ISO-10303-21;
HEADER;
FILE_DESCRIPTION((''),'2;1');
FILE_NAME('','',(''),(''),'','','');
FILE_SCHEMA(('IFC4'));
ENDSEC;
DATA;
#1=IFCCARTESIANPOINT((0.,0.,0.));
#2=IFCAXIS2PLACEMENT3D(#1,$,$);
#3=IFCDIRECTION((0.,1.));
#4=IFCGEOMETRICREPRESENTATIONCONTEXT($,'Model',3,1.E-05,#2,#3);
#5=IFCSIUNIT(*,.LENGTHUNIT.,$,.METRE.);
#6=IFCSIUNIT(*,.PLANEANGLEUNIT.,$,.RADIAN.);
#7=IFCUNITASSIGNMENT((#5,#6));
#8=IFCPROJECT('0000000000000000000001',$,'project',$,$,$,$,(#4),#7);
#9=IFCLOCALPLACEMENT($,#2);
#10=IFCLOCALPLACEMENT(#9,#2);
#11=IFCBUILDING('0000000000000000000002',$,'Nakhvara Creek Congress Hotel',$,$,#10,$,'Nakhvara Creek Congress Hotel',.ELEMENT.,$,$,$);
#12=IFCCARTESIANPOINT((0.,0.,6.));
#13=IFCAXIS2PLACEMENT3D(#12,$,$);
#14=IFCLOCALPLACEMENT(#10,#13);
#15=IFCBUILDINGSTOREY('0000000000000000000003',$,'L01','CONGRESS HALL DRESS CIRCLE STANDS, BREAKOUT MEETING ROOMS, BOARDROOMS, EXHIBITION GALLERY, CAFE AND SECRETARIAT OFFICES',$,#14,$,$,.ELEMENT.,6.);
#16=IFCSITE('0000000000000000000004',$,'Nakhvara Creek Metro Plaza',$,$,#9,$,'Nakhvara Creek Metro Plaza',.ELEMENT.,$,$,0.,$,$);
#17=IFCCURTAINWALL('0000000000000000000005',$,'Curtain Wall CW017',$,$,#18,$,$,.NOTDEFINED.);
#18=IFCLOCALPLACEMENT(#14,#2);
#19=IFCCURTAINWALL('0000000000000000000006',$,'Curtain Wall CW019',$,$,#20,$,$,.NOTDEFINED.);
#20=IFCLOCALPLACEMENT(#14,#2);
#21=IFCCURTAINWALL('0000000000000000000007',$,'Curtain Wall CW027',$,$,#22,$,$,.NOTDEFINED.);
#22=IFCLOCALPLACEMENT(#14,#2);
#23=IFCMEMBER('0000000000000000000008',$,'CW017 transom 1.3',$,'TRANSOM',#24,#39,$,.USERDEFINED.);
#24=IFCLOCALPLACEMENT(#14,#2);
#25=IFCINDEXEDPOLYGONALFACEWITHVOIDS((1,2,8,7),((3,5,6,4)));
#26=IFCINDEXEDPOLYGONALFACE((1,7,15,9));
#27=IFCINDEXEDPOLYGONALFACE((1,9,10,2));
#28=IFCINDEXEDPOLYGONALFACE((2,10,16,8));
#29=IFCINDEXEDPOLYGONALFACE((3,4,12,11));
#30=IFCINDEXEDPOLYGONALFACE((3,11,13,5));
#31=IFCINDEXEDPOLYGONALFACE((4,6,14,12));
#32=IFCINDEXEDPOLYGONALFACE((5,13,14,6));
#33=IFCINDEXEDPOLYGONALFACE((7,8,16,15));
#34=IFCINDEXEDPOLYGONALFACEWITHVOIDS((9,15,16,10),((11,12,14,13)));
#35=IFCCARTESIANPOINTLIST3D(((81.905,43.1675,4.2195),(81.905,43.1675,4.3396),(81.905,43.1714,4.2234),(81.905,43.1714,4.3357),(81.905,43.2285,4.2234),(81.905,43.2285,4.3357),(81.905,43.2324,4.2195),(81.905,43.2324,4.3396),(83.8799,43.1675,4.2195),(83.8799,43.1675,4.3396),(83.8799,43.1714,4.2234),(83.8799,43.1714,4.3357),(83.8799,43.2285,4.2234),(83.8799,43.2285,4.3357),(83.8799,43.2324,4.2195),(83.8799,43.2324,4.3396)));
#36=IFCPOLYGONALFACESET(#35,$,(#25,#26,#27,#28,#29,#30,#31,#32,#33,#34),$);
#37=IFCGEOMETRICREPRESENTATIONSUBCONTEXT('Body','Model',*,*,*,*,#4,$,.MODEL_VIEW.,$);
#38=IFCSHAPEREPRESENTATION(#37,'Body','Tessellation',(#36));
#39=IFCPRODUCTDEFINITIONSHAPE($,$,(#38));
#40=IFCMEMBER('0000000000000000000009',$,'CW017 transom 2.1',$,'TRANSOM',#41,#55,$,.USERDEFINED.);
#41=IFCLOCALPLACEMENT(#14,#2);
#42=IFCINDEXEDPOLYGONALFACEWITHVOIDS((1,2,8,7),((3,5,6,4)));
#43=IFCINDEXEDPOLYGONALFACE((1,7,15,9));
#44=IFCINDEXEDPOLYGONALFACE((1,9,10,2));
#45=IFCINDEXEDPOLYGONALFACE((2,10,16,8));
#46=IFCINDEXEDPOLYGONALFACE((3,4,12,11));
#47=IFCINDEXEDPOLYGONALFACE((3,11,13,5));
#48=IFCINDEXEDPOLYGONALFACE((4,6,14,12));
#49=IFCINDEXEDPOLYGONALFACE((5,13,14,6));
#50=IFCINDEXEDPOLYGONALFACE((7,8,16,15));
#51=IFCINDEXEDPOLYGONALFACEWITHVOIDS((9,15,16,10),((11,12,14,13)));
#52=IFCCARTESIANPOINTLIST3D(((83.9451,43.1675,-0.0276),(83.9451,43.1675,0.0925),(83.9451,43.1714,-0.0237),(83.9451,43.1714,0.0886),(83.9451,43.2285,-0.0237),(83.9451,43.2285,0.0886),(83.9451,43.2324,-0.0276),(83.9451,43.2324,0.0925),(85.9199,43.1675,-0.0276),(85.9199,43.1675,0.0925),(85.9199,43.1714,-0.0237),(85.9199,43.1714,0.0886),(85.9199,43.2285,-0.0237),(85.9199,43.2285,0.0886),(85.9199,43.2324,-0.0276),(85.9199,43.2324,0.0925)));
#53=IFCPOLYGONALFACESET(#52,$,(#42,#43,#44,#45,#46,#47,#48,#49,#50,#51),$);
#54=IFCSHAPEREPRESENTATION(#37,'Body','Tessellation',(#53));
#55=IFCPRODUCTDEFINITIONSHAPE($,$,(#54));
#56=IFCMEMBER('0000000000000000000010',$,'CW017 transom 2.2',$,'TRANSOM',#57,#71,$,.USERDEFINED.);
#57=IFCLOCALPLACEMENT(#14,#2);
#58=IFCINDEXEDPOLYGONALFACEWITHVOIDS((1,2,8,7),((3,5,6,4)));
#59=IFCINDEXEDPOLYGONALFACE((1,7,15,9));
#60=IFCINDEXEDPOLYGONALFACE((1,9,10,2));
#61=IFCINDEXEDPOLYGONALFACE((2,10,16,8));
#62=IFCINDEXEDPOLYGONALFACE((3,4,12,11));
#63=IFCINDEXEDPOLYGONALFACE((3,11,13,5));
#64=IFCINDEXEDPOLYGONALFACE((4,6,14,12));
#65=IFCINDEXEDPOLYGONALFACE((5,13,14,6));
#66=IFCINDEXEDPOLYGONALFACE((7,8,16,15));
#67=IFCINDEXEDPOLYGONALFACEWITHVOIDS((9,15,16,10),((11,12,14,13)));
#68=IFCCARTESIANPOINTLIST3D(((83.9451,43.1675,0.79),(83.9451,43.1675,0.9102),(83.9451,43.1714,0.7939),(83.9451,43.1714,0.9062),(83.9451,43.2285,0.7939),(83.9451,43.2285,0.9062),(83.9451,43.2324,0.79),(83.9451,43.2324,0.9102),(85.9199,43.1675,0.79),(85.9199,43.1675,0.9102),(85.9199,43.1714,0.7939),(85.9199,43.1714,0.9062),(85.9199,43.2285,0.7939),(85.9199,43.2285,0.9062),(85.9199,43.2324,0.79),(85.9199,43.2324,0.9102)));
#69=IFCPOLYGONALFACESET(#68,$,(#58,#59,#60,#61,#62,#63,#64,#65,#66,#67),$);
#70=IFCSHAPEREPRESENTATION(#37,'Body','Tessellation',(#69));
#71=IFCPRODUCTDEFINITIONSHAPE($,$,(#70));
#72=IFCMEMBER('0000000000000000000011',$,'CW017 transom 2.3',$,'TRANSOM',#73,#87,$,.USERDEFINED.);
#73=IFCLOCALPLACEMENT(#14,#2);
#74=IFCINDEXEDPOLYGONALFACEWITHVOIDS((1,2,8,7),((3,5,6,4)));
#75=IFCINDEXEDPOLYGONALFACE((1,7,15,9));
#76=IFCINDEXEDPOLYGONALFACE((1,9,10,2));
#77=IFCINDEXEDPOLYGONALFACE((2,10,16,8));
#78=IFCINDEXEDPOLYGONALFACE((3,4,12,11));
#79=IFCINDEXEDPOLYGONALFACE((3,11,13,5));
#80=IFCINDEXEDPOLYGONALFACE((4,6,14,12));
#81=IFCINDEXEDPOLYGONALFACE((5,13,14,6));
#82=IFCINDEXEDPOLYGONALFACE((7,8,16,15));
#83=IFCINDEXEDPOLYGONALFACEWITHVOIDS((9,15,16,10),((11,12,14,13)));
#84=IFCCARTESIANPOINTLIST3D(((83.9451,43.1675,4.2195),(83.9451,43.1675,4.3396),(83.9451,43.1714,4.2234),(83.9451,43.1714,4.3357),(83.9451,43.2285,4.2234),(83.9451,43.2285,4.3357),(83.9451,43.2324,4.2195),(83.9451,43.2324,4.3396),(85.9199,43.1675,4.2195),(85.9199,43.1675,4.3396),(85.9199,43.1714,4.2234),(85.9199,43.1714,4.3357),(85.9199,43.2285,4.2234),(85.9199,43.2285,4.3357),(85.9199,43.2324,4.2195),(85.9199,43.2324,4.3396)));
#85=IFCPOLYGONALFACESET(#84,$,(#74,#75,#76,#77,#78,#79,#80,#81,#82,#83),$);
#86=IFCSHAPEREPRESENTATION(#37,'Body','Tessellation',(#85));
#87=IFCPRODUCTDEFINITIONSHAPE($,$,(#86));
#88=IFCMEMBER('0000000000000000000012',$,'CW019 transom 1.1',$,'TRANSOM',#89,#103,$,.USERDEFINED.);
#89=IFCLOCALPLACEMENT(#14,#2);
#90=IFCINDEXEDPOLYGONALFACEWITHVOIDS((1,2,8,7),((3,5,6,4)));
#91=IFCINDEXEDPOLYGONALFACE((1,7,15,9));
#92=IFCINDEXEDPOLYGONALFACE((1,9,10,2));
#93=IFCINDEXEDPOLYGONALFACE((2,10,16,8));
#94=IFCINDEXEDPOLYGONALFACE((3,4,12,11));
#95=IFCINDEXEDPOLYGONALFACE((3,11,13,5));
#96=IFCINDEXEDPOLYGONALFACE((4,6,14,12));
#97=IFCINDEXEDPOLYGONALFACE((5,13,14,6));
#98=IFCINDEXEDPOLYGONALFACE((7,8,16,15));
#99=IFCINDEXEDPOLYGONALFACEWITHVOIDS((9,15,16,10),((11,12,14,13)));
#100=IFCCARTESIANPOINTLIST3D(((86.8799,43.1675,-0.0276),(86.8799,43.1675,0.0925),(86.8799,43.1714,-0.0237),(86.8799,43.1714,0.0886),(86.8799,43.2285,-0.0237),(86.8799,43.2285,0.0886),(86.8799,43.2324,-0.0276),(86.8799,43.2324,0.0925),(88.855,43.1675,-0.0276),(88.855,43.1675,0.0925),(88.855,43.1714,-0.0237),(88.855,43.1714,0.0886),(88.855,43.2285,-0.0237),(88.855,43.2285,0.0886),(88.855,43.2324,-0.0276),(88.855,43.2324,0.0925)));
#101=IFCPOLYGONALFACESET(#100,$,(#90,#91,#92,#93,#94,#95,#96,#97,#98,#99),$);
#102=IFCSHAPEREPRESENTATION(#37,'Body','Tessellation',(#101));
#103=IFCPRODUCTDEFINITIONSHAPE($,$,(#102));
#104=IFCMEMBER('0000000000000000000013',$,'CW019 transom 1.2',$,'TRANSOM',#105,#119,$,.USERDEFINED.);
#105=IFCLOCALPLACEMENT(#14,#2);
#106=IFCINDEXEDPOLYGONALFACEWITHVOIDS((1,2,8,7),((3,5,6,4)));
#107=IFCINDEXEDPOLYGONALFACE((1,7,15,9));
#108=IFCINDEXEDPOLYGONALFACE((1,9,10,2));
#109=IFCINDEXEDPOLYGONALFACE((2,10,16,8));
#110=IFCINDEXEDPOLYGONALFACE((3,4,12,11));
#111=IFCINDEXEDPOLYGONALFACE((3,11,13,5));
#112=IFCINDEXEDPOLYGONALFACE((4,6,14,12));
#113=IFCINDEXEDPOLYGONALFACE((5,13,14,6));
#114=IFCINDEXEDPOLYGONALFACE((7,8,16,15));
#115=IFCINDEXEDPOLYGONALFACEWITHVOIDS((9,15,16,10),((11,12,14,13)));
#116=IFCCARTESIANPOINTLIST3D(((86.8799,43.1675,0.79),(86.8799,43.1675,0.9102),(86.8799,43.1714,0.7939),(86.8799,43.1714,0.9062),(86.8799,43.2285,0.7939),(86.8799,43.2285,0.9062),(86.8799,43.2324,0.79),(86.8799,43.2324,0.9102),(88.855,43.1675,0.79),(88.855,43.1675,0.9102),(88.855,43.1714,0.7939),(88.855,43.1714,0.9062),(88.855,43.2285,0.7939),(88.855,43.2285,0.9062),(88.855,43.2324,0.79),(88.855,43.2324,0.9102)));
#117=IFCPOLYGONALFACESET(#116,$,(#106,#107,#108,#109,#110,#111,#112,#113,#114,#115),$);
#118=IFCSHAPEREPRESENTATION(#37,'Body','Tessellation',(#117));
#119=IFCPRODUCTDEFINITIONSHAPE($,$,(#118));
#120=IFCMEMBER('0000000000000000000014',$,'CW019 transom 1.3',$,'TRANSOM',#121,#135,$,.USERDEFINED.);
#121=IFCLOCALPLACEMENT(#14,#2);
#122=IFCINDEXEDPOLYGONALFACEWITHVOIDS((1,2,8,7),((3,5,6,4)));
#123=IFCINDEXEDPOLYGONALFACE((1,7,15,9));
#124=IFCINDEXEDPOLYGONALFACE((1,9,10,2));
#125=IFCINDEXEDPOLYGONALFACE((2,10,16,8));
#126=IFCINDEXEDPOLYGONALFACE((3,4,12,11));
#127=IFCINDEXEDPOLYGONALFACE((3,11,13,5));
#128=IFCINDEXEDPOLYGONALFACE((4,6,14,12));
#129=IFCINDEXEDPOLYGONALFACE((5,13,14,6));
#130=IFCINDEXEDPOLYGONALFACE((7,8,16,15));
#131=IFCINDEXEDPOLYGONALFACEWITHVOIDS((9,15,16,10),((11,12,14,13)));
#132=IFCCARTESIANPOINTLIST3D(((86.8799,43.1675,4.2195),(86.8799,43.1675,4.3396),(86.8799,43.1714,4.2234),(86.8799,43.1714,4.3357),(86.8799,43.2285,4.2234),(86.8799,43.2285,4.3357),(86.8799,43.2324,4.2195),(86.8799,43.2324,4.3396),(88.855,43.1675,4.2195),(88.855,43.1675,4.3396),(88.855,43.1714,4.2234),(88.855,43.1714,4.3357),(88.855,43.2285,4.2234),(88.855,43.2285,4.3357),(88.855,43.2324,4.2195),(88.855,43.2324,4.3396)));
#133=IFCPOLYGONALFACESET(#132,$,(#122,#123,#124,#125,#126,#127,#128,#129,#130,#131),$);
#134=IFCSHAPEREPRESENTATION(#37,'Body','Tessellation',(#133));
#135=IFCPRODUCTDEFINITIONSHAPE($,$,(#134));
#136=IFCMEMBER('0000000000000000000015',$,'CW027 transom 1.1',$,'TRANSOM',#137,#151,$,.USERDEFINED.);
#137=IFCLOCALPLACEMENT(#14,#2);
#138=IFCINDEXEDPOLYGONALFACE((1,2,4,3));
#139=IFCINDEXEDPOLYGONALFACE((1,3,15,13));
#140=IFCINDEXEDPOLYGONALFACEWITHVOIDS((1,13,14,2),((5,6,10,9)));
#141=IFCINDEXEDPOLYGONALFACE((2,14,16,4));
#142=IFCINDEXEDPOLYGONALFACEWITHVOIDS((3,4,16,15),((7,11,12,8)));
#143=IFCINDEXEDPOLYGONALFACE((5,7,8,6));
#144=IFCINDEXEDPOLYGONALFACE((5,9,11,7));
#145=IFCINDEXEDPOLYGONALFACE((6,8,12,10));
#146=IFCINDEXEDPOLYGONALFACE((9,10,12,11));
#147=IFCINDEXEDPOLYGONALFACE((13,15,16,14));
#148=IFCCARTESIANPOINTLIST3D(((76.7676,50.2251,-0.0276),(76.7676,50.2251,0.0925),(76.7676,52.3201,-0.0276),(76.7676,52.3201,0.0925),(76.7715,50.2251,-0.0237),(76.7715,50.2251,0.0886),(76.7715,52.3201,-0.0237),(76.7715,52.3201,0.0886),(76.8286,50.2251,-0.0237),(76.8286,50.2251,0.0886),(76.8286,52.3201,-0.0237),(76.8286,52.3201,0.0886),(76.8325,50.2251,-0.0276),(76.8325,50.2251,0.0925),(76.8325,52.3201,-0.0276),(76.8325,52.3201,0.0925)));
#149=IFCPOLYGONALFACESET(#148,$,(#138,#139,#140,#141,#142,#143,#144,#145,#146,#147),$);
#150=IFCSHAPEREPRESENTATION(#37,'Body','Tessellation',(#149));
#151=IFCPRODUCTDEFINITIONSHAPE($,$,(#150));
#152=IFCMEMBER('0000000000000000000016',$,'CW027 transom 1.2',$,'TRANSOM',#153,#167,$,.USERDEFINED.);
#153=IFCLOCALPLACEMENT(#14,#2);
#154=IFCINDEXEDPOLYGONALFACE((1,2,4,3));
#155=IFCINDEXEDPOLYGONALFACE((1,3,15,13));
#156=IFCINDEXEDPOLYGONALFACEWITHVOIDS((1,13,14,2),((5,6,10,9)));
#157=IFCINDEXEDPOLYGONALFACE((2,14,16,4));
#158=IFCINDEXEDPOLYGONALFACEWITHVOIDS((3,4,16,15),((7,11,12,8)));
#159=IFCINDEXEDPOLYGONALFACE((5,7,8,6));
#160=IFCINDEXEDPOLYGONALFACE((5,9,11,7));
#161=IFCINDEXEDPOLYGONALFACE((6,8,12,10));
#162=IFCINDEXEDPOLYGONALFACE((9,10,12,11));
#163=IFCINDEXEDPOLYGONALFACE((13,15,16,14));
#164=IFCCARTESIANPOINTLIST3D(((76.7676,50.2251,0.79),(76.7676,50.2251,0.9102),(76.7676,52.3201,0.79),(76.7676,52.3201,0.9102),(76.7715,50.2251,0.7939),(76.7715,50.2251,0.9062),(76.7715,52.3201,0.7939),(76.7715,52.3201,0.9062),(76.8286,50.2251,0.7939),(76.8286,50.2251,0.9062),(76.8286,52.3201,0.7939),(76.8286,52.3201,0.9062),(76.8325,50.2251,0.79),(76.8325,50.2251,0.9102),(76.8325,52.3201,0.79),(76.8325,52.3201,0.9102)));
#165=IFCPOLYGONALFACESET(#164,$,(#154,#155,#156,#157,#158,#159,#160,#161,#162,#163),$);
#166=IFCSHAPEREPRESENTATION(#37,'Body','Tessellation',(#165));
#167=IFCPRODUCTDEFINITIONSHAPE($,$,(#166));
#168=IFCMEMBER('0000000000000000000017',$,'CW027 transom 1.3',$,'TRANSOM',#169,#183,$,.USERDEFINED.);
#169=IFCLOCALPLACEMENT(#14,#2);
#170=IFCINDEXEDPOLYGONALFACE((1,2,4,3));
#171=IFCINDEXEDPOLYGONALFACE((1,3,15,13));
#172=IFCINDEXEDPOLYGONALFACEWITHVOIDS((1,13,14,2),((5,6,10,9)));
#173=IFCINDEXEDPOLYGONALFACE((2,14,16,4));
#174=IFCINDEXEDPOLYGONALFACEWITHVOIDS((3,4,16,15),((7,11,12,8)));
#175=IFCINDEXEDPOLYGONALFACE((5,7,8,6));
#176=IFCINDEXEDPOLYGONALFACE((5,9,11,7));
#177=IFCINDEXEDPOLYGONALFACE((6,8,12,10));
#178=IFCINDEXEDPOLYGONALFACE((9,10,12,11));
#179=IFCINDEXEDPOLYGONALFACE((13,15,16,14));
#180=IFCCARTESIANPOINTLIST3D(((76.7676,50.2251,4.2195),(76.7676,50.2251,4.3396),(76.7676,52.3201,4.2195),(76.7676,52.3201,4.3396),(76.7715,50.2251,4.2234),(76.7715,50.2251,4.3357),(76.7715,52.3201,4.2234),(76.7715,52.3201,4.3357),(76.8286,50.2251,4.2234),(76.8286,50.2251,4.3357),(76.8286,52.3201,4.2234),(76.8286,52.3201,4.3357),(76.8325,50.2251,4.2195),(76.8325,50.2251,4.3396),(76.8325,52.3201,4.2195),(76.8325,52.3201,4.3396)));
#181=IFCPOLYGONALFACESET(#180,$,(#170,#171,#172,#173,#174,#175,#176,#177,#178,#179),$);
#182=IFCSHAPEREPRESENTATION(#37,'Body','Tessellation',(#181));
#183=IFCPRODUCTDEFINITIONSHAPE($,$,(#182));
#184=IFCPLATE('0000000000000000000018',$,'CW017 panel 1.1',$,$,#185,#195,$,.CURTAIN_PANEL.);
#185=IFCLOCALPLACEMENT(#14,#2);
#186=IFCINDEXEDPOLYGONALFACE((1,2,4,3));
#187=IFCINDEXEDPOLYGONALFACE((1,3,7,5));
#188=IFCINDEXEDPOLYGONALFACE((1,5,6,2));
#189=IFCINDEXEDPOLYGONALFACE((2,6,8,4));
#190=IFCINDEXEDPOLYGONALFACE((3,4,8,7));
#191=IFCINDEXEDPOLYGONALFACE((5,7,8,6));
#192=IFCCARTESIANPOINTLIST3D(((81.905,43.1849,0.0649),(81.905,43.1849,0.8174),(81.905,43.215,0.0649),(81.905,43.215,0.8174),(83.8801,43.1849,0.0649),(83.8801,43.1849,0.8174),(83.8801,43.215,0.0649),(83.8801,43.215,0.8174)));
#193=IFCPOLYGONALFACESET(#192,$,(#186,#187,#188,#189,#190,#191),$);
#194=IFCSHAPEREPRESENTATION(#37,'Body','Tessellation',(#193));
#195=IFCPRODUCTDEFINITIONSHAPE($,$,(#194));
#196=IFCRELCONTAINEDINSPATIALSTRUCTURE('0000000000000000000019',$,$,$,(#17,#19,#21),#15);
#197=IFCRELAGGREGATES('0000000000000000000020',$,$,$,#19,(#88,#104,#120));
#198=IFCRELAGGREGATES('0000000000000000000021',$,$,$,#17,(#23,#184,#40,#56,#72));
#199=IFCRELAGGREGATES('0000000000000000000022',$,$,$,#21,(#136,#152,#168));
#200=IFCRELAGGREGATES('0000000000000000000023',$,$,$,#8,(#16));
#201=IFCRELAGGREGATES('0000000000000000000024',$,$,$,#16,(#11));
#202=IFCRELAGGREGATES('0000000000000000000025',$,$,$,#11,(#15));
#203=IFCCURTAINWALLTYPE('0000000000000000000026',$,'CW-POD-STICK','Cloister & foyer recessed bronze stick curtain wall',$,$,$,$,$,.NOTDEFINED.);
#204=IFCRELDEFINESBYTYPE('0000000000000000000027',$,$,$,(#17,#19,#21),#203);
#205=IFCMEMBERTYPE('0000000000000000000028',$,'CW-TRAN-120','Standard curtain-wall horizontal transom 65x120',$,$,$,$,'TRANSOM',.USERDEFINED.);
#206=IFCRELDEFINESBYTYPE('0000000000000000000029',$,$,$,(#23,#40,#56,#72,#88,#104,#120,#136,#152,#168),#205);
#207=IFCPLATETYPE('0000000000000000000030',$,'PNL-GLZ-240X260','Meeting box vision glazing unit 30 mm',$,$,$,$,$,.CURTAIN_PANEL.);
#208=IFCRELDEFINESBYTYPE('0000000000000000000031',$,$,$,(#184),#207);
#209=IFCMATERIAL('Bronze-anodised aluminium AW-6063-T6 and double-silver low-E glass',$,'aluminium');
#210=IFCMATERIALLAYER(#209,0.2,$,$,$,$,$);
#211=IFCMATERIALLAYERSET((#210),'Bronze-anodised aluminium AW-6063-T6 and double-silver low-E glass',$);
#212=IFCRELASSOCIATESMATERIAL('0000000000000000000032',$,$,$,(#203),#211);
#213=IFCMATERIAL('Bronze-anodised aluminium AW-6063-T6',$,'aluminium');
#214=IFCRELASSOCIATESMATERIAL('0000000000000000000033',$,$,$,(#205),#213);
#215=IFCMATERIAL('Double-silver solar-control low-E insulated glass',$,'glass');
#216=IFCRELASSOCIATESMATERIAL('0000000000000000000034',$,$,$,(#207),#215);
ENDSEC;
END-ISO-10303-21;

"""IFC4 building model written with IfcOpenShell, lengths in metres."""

from ifc_helpers import new_model, si_unit, direction, frame, origin, origin_2d, place, context, subcontext, project, spatial, rectangle, hollow_rectangle, extrude, material, layer, layer_set, material_profile, profile_set, type_object, element, aggregate, save


model = new_model("IFC4")

# Units and contexts
model_context = context("Model", 3, precision=1e-05, world=origin(), true_north=direction((0.0, 1.0)))
body_context = subcontext(model_context, "Body", "Model", "MODEL_VIEW")
ifc_project = project(units=[si_unit("LENGTHUNIT", "METRE"), si_unit("PLANEANGLEUNIT", "RADIAN")], contexts=[model_context])

# Site, building, storey
site_placement = place(None, origin())
site = spatial("IfcSite", under=ifc_project, at=site_placement, Name="Nakhvara Creek Metro Plaza", LongName="Nakhvara Creek Metro Plaza", CompositionType="ELEMENT", RefElevation=0.0)
building_placement = place(site_placement, origin())
building = spatial("IfcBuilding", under=site, at=building_placement, Name="Nakhvara Creek Congress Hotel", LongName="Nakhvara Creek Congress Hotel", CompositionType="ELEMENT")
storey_placement = place(building_placement, frame((0.0, 0.0, 6.0)))
storey = spatial("IfcBuildingStorey", under=building, at=storey_placement, Name="L01", Description="CONGRESS HALL DRESS CIRCLE STANDS, BREAKOUT MEETING ROOMS, BOARDROOMS, EXHIBITION GALLERY, CAFE AND SECRETARIAT OFFICES", CompositionType="ELEMENT", Elevation=6.0)

# Curtain wall
ifc_material_1 = material(Name="Bronze-anodised aluminium AW-6063-T6 and double-silver low-E glass", Category="aluminium")
ifc_layer = layer(ifc_material_1, 0.2)
ifc_layer_set = layer_set([ifc_layer], Name="Bronze-anodised aluminium AW-6063-T6 and double-silver low-E glass")
curtain_wall_type = type_object("IfcCurtainWallType", Name="CW-POD-STICK", Description="Cloister & foyer recessed bronze stick curtain wall", PredefinedType="NOTDEFINED", material=ifc_layer_set)
curtain_wall_1_placement = place(storey_placement, origin())
curtain_wall_1 = element("IfcCurtainWall", 1, at=curtain_wall_1_placement, inside=storey, type_object=curtain_wall_type, Name="Curtain Wall CW017", PredefinedType="NOTDEFINED")
ifc_material_2 = material(Name="Bronze-anodised aluminium AW-6063-T6", Category="aluminium")

# Curtain walls
curtain_wall_2_placement = place(storey_placement, origin())
curtain_wall_2 = element("IfcCurtainWall", 2, at=curtain_wall_2_placement, inside=storey, type_object=curtain_wall_type, Name="Curtain Wall CW019", PredefinedType="NOTDEFINED")
curtain_wall_3_placement = place(storey_placement, origin())
curtain_wall_3 = element("IfcCurtainWall", 3, at=curtain_wall_3_placement, inside=storey, type_object=curtain_wall_type, Name="Curtain Wall CW027", PredefinedType="NOTDEFINED")

# Members
ifc_material_profile_1 = material_profile(ifc_material_2, hollow_rectangle(XDim=0.0649, YDim=0.1201, WallThickness=0.0039, at=origin_2d()), Name="ALU-TRAN 65x120x4", Category="LoadBearing")
ifc_profile_set_1 = profile_set([ifc_material_profile_1], Name="Bronze-anodised aluminium AW-6063-T6")
member_type_1 = type_object("IfcMemberType", Name="CW-TRAN-120", Description="Standard curtain-wall horizontal transom 65x120", ElementType="TRANSOM", PredefinedType="USERDEFINED", material=ifc_profile_set_1)
member_1_placement = place(storey_placement, frame((81.905, 43.2, 4.2795), z_axis=(1.0, 0.0, 0.0), x_axis=(0.0, 1.0, 0.0)))
member_1 = element("IfcMember", 4, at=member_1_placement, type_object=member_type_1, Name="CW017 transom 1.3", ObjectType="TRANSOM", PredefinedType="USERDEFINED", context=body_context, shape_type="SweptSolid", body=[
    extrude(hollow_rectangle(XDim=0.0649, YDim=0.1201, WallThickness=0.0039, at=origin_2d()), origin(), (0.0, 0.0, 1.0), 1.9749),
])
member_2_placement = place(storey_placement, frame((83.9451, 43.2, 0.0325), z_axis=(1.0, 0.0, 0.0), x_axis=(0.0, 1.0, 0.0)))
member_2 = element("IfcMember", 5, at=member_2_placement, type_object=member_type_1, Name="CW017 transom 2.1", ObjectType="TRANSOM", PredefinedType="USERDEFINED", context=body_context, shape_type="SweptSolid", body=[
    extrude(hollow_rectangle(XDim=0.0649, YDim=0.1201, WallThickness=0.0039, at=origin_2d()), origin(), (0.0, 0.0, 1.0), 1.9749),
])
member_3_placement = place(storey_placement, frame((83.9451, 43.2, 0.8501), z_axis=(1.0, 0.0, 0.0), x_axis=(0.0, 1.0, 0.0)))
member_3 = element("IfcMember", 6, at=member_3_placement, type_object=member_type_1, Name="CW017 transom 2.2", ObjectType="TRANSOM", PredefinedType="USERDEFINED", context=body_context, shape_type="SweptSolid", body=[
    extrude(hollow_rectangle(XDim=0.0649, YDim=0.1201, WallThickness=0.0039, at=origin_2d()), origin(), (0.0, 0.0, 1.0), 1.9749),
])
member_4_placement = place(storey_placement, frame((83.9451, 43.2, 4.2795), z_axis=(1.0, 0.0, 0.0), x_axis=(0.0, 1.0, 0.0)))
member_4 = element("IfcMember", 7, at=member_4_placement, type_object=member_type_1, Name="CW017 transom 2.3", ObjectType="TRANSOM", PredefinedType="USERDEFINED", context=body_context, shape_type="SweptSolid", body=[
    extrude(hollow_rectangle(XDim=0.0649, YDim=0.1201, WallThickness=0.0039, at=origin_2d()), origin(), (0.0, 0.0, 1.0), 1.9749),
])
member_5_placement = place(storey_placement, frame((86.8799, 43.2, 0.0325), z_axis=(1.0, 0.0, 0.0), x_axis=(0.0, 1.0, 0.0)))
member_5 = element("IfcMember", 8, at=member_5_placement, type_object=member_type_1, Name="CW019 transom 1.1", ObjectType="TRANSOM", PredefinedType="USERDEFINED", context=body_context, shape_type="SweptSolid", body=[
    extrude(hollow_rectangle(XDim=0.0649, YDim=0.1201, WallThickness=0.0039, at=origin_2d()), origin(), (0.0, 0.0, 1.0), 1.9751),
])
member_6_placement = place(storey_placement, frame((86.8799, 43.2, 0.8501), z_axis=(1.0, 0.0, 0.0), x_axis=(0.0, 1.0, 0.0)))
member_6 = element("IfcMember", 9, at=member_6_placement, type_object=member_type_1, Name="CW019 transom 1.2", ObjectType="TRANSOM", PredefinedType="USERDEFINED", context=body_context, shape_type="SweptSolid", body=[
    extrude(hollow_rectangle(XDim=0.0649, YDim=0.1201, WallThickness=0.0039, at=origin_2d()), origin(), (0.0, 0.0, 1.0), 1.9751),
])
member_7_placement = place(storey_placement, frame((86.8799, 43.2, 4.2795), z_axis=(1.0, 0.0, 0.0), x_axis=(0.0, 1.0, 0.0)))
member_7 = element("IfcMember", 10, at=member_7_placement, type_object=member_type_1, Name="CW019 transom 1.3", ObjectType="TRANSOM", PredefinedType="USERDEFINED", context=body_context, shape_type="SweptSolid", body=[
    extrude(hollow_rectangle(XDim=0.0649, YDim=0.1201, WallThickness=0.0039, at=origin_2d()), origin(), (0.0, 0.0, 1.0), 1.9751),
])
aggregate(curtain_wall_2, [member_5, member_6, member_7])
member_8_placement = place(storey_placement, frame((76.8, 52.3201, 0.0325), z_axis=(0.0, -1.0, 0.0), x_axis=(1.0, 0.0, 0.0)))
member_8 = element("IfcMember", 11, at=member_8_placement, type_object=member_type_1, Name="CW027 transom 1.1", ObjectType="TRANSOM", PredefinedType="USERDEFINED", context=body_context, shape_type="SweptSolid", body=[
    extrude(hollow_rectangle(XDim=0.0649, YDim=0.1201, WallThickness=0.0039, at=origin_2d()), origin(), (0.0, 0.0, 1.0), 2.095),
])
member_9_placement = place(storey_placement, frame((76.8, 52.3201, 0.8501), z_axis=(0.0, -1.0, 0.0), x_axis=(1.0, 0.0, 0.0)))
member_9 = element("IfcMember", 12, at=member_9_placement, type_object=member_type_1, Name="CW027 transom 1.2", ObjectType="TRANSOM", PredefinedType="USERDEFINED", context=body_context, shape_type="SweptSolid", body=[
    extrude(hollow_rectangle(XDim=0.0649, YDim=0.1201, WallThickness=0.0039, at=origin_2d()), origin(), (0.0, 0.0, 1.0), 2.095),
])
member_10_placement = place(storey_placement, frame((76.8, 52.3201, 4.2795), z_axis=(0.0, -1.0, 0.0), x_axis=(1.0, 0.0, 0.0)))
member_10 = element("IfcMember", 13, at=member_10_placement, type_object=member_type_1, Name="CW027 transom 1.3", ObjectType="TRANSOM", PredefinedType="USERDEFINED", context=body_context, shape_type="SweptSolid", body=[
    extrude(hollow_rectangle(XDim=0.0649, YDim=0.1201, WallThickness=0.0039, at=origin_2d()), origin(), (0.0, 0.0, 1.0), 2.095),
])

# Plate
ifc_material_3 = material(Name="Double-silver solar-control low-E insulated glass", Category="glass")
plate_type = type_object("IfcPlateType", Name="PNL-GLZ-240X260", Description="Meeting box vision glazing unit 30 mm", PredefinedType="CURTAIN_PANEL", material=ifc_material_3)
plate_1_placement = place(storey_placement, frame((82.8926, 43.2, 0.0649), z_axis=(0.0, 0.0, 1.0), x_axis=(1.0, 0.0, 0.0)))
plate_1 = element("IfcPlate", 14, at=plate_1_placement, type_object=plate_type, Name="CW017 panel 1.1", PredefinedType="CURTAIN_PANEL", context=body_context, shape_type="SweptSolid", body=[
    extrude(rectangle(XDim=1.9751, YDim=0.03, at=origin_2d()), origin(), (0.0, 0.0, 1.0), 0.7524),
])
aggregate(curtain_wall_1, [member_1, plate_1, member_2, member_3, member_4])
aggregate(curtain_wall_3, [member_8, member_9, member_10])

save(model, "model.ifc")
